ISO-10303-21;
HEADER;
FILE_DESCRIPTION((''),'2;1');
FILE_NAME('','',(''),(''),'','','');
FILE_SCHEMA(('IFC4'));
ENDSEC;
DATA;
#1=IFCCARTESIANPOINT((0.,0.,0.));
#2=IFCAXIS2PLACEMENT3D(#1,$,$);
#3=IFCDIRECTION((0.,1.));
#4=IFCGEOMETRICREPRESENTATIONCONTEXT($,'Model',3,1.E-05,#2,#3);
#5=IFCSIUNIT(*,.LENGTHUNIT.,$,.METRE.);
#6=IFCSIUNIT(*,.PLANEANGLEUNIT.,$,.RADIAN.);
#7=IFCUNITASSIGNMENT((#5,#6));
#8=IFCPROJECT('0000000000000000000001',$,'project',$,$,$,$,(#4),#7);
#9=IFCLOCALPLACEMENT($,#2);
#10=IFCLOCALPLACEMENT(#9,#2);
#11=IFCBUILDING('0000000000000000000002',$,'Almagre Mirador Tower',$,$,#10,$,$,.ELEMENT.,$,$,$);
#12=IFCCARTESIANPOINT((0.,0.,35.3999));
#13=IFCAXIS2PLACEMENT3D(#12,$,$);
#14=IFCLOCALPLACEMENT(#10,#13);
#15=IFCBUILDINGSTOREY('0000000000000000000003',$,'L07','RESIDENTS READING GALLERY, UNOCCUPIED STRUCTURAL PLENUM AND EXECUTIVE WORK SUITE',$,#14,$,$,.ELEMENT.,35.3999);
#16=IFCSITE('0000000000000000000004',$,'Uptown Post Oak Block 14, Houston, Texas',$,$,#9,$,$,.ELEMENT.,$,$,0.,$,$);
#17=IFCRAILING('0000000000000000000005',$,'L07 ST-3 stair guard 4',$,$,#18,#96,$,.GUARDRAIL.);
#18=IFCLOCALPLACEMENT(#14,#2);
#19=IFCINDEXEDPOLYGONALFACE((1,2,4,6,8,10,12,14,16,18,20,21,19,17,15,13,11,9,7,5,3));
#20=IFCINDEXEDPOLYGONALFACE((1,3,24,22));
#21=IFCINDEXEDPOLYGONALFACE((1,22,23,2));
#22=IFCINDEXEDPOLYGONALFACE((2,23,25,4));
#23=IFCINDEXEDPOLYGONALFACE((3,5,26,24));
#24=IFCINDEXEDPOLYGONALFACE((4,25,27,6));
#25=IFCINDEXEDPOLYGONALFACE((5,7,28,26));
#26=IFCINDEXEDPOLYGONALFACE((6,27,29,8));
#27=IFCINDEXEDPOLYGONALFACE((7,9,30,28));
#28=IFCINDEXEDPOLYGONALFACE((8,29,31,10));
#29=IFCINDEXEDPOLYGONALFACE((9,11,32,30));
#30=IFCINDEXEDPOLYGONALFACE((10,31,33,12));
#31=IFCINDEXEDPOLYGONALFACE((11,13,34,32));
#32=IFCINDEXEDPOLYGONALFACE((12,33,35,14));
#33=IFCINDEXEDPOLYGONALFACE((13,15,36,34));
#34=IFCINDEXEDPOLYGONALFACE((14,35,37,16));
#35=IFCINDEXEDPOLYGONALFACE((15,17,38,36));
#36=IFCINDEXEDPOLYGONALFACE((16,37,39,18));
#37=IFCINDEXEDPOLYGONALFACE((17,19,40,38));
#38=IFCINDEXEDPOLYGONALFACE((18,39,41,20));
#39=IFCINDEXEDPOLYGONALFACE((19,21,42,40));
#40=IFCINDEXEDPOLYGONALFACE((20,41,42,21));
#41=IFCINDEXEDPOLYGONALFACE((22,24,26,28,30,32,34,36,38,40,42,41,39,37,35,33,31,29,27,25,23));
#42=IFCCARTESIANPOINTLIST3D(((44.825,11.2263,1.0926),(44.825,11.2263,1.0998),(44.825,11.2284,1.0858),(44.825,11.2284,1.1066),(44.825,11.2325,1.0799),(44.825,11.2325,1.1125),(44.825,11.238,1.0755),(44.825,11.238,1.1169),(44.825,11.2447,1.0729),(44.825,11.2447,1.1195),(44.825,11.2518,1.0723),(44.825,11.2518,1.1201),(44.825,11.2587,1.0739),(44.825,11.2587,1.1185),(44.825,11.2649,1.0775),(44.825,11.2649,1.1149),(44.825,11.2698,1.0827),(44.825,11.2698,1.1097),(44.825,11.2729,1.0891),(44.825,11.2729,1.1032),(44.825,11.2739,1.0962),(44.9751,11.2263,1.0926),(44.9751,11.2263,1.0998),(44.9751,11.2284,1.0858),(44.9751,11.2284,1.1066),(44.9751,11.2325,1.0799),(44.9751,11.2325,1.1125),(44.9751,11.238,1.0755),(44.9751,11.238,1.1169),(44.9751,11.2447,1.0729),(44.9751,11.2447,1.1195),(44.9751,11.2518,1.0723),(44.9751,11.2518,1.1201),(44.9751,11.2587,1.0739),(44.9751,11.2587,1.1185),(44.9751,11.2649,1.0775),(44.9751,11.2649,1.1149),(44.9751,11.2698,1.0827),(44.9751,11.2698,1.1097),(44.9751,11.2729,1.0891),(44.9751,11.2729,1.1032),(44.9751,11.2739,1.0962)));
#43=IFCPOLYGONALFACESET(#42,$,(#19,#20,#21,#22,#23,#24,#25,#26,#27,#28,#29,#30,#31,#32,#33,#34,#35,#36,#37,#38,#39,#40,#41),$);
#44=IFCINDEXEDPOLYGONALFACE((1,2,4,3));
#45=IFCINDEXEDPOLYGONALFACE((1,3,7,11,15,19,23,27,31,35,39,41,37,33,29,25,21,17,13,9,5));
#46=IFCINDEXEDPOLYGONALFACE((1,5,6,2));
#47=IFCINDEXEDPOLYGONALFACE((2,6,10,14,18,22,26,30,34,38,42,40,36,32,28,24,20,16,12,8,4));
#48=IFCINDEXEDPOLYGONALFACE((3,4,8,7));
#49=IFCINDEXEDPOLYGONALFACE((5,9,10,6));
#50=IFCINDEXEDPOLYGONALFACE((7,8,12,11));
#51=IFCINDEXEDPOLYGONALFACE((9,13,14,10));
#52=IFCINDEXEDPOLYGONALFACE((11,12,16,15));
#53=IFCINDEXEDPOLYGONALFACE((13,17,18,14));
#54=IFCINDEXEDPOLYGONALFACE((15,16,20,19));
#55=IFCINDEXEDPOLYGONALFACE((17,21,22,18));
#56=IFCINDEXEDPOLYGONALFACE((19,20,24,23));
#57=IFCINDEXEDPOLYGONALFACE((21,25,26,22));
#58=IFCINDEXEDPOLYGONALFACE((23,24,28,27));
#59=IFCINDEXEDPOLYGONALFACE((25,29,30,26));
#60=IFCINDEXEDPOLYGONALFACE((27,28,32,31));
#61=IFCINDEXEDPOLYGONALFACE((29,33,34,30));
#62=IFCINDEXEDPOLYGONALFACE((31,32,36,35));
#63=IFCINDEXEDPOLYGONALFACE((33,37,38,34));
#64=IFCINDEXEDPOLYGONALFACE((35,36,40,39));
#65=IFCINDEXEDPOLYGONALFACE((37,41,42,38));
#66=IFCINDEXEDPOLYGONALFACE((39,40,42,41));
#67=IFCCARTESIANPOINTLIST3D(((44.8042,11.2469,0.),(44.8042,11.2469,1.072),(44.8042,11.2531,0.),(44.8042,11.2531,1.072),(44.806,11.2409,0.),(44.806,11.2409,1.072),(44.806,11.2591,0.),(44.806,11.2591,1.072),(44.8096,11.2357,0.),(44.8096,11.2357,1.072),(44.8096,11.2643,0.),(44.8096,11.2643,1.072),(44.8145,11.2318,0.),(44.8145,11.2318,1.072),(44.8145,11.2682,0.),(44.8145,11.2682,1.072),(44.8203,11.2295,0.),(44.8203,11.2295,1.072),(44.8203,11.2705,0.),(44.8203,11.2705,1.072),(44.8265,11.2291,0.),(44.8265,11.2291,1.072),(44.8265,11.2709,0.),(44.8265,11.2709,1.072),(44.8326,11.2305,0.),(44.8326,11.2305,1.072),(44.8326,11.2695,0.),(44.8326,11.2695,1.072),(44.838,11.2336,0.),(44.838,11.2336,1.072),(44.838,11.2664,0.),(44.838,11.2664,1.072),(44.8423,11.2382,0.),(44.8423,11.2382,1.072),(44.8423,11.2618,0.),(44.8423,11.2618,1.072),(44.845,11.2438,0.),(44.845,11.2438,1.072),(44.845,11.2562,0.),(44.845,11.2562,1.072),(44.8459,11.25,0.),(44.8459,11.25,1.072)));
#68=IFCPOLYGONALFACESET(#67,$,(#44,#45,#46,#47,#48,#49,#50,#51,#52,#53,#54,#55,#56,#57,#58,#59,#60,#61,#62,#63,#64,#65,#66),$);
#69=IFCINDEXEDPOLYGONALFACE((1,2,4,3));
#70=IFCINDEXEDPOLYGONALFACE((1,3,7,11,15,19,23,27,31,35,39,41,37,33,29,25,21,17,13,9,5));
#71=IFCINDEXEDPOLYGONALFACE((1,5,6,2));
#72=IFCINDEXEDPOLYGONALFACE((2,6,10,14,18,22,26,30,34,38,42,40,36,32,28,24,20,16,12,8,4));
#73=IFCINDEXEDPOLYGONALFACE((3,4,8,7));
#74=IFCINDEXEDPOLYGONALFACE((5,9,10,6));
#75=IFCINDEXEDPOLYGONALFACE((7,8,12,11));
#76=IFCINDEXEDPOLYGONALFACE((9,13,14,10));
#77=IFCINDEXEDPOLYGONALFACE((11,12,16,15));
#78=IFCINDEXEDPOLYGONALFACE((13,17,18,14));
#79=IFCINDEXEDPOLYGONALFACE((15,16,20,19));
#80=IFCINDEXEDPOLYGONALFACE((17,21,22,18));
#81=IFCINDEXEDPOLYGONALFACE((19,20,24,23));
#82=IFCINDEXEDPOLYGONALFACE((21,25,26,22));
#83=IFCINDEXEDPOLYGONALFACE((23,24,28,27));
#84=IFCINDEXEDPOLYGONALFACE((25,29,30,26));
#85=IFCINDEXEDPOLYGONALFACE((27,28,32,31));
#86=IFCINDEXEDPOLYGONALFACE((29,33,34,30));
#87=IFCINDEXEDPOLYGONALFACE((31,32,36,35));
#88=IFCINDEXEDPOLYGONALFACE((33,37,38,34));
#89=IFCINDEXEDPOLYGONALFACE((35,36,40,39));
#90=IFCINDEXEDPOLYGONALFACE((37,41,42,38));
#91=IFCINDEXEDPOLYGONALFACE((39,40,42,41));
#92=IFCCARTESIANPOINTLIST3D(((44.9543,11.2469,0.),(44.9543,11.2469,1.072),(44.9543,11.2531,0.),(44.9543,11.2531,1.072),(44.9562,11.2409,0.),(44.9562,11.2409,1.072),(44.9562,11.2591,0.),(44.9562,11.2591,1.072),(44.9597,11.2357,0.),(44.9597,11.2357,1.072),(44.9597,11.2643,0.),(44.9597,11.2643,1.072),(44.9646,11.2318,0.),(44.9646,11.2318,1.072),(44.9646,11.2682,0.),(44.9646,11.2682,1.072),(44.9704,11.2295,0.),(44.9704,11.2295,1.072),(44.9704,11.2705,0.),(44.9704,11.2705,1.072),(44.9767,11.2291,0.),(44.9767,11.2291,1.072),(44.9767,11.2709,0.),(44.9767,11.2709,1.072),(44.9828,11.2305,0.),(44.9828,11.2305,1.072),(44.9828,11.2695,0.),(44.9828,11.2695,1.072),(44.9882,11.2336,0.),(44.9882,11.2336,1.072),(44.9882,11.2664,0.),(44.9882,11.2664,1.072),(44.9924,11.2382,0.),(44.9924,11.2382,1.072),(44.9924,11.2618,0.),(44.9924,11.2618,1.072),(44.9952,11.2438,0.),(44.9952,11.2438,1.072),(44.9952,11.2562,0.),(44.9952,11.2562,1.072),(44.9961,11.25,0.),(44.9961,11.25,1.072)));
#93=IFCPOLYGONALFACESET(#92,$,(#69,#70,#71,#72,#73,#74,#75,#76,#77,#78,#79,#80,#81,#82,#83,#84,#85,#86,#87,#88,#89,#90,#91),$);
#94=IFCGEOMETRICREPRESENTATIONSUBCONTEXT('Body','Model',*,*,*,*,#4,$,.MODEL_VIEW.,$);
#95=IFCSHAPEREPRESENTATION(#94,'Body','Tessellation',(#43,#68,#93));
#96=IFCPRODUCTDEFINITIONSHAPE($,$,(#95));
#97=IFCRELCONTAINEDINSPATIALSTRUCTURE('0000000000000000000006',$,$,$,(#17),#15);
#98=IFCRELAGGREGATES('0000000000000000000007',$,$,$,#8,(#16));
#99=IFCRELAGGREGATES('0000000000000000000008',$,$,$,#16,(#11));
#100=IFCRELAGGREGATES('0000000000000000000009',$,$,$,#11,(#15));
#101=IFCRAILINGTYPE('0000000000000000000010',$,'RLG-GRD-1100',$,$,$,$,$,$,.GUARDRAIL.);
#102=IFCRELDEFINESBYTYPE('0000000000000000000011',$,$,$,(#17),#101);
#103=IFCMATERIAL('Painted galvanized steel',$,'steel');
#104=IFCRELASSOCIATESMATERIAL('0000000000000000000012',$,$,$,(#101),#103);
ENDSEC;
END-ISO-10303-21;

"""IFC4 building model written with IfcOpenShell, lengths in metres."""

from ifc_helpers import new_model, si_unit, direction, frame, origin, origin_2d, place, context, subcontext, project, spatial, circle, extrude, material, type_object, element, save


model = new_model("IFC4")

# Units and contexts
model_context = context("Model", 3, precision=1e-05, world=origin(), true_north=direction((0.0, 1.0)))
body_context = subcontext(model_context, "Body", "Model", "MODEL_VIEW")
ifc_project = project(units=[si_unit("LENGTHUNIT", "METRE"), si_unit("PLANEANGLEUNIT", "RADIAN")], contexts=[model_context])

# Site, building, storey
site_placement = place(None, origin())
site = spatial("IfcSite", under=ifc_project, at=site_placement, Name="Uptown Post Oak Block 14, Houston, Texas", CompositionType="ELEMENT", RefElevation=0.0)
building_placement = place(site_placement, origin())
building = spatial("IfcBuilding", under=site, at=building_placement, Name="Almagre Mirador Tower", CompositionType="ELEMENT")
storey_placement = place(building_placement, frame((0.0, 0.0, 35.3999)))
storey = spatial("IfcBuildingStorey", under=building, at=storey_placement, Name="L07", Description="RESIDENTS READING GALLERY, UNOCCUPIED STRUCTURAL PLENUM AND EXECUTIVE WORK SUITE", CompositionType="ELEMENT", Elevation=35.3999)

# Railing
ifc_material_1 = material(Name="Painted galvanized steel", Category="steel")
railing_type_1 = type_object("IfcRailingType", Name="RLG-GRD-1100", PredefinedType="GUARDRAIL", material=ifc_material_1)
railing_1_placement = place(storey_placement, frame((44.825, 11.25, 0.0)))
element("IfcRailing", 1, at=railing_1_placement, inside=storey, type_object=railing_type_1, Name="L07 ST-3 stair guard 4", PredefinedType="GUARDRAIL", context=body_context, shape_type="SweptSolid", body=[
    extrude(circle(Radius=0.0239, at=origin_2d()), frame((0.0, 0.0, 1.0962), z_axis=(1.0, 0.0, 0.0), x_axis=(0.0, 1.0, 0.0)), (0.0, 0.0, 1.0), 0.1501),
    extrude(circle(Radius=0.021, at=origin_2d()), origin(), (0.0, 0.0, 1.0), 1.072),
    extrude(circle(Radius=0.021, at=origin_2d()), frame((0.1501, 0.0, 0.0)), (0.0, 0.0, 1.0), 1.072),
])

save(model, "model.ifc")
